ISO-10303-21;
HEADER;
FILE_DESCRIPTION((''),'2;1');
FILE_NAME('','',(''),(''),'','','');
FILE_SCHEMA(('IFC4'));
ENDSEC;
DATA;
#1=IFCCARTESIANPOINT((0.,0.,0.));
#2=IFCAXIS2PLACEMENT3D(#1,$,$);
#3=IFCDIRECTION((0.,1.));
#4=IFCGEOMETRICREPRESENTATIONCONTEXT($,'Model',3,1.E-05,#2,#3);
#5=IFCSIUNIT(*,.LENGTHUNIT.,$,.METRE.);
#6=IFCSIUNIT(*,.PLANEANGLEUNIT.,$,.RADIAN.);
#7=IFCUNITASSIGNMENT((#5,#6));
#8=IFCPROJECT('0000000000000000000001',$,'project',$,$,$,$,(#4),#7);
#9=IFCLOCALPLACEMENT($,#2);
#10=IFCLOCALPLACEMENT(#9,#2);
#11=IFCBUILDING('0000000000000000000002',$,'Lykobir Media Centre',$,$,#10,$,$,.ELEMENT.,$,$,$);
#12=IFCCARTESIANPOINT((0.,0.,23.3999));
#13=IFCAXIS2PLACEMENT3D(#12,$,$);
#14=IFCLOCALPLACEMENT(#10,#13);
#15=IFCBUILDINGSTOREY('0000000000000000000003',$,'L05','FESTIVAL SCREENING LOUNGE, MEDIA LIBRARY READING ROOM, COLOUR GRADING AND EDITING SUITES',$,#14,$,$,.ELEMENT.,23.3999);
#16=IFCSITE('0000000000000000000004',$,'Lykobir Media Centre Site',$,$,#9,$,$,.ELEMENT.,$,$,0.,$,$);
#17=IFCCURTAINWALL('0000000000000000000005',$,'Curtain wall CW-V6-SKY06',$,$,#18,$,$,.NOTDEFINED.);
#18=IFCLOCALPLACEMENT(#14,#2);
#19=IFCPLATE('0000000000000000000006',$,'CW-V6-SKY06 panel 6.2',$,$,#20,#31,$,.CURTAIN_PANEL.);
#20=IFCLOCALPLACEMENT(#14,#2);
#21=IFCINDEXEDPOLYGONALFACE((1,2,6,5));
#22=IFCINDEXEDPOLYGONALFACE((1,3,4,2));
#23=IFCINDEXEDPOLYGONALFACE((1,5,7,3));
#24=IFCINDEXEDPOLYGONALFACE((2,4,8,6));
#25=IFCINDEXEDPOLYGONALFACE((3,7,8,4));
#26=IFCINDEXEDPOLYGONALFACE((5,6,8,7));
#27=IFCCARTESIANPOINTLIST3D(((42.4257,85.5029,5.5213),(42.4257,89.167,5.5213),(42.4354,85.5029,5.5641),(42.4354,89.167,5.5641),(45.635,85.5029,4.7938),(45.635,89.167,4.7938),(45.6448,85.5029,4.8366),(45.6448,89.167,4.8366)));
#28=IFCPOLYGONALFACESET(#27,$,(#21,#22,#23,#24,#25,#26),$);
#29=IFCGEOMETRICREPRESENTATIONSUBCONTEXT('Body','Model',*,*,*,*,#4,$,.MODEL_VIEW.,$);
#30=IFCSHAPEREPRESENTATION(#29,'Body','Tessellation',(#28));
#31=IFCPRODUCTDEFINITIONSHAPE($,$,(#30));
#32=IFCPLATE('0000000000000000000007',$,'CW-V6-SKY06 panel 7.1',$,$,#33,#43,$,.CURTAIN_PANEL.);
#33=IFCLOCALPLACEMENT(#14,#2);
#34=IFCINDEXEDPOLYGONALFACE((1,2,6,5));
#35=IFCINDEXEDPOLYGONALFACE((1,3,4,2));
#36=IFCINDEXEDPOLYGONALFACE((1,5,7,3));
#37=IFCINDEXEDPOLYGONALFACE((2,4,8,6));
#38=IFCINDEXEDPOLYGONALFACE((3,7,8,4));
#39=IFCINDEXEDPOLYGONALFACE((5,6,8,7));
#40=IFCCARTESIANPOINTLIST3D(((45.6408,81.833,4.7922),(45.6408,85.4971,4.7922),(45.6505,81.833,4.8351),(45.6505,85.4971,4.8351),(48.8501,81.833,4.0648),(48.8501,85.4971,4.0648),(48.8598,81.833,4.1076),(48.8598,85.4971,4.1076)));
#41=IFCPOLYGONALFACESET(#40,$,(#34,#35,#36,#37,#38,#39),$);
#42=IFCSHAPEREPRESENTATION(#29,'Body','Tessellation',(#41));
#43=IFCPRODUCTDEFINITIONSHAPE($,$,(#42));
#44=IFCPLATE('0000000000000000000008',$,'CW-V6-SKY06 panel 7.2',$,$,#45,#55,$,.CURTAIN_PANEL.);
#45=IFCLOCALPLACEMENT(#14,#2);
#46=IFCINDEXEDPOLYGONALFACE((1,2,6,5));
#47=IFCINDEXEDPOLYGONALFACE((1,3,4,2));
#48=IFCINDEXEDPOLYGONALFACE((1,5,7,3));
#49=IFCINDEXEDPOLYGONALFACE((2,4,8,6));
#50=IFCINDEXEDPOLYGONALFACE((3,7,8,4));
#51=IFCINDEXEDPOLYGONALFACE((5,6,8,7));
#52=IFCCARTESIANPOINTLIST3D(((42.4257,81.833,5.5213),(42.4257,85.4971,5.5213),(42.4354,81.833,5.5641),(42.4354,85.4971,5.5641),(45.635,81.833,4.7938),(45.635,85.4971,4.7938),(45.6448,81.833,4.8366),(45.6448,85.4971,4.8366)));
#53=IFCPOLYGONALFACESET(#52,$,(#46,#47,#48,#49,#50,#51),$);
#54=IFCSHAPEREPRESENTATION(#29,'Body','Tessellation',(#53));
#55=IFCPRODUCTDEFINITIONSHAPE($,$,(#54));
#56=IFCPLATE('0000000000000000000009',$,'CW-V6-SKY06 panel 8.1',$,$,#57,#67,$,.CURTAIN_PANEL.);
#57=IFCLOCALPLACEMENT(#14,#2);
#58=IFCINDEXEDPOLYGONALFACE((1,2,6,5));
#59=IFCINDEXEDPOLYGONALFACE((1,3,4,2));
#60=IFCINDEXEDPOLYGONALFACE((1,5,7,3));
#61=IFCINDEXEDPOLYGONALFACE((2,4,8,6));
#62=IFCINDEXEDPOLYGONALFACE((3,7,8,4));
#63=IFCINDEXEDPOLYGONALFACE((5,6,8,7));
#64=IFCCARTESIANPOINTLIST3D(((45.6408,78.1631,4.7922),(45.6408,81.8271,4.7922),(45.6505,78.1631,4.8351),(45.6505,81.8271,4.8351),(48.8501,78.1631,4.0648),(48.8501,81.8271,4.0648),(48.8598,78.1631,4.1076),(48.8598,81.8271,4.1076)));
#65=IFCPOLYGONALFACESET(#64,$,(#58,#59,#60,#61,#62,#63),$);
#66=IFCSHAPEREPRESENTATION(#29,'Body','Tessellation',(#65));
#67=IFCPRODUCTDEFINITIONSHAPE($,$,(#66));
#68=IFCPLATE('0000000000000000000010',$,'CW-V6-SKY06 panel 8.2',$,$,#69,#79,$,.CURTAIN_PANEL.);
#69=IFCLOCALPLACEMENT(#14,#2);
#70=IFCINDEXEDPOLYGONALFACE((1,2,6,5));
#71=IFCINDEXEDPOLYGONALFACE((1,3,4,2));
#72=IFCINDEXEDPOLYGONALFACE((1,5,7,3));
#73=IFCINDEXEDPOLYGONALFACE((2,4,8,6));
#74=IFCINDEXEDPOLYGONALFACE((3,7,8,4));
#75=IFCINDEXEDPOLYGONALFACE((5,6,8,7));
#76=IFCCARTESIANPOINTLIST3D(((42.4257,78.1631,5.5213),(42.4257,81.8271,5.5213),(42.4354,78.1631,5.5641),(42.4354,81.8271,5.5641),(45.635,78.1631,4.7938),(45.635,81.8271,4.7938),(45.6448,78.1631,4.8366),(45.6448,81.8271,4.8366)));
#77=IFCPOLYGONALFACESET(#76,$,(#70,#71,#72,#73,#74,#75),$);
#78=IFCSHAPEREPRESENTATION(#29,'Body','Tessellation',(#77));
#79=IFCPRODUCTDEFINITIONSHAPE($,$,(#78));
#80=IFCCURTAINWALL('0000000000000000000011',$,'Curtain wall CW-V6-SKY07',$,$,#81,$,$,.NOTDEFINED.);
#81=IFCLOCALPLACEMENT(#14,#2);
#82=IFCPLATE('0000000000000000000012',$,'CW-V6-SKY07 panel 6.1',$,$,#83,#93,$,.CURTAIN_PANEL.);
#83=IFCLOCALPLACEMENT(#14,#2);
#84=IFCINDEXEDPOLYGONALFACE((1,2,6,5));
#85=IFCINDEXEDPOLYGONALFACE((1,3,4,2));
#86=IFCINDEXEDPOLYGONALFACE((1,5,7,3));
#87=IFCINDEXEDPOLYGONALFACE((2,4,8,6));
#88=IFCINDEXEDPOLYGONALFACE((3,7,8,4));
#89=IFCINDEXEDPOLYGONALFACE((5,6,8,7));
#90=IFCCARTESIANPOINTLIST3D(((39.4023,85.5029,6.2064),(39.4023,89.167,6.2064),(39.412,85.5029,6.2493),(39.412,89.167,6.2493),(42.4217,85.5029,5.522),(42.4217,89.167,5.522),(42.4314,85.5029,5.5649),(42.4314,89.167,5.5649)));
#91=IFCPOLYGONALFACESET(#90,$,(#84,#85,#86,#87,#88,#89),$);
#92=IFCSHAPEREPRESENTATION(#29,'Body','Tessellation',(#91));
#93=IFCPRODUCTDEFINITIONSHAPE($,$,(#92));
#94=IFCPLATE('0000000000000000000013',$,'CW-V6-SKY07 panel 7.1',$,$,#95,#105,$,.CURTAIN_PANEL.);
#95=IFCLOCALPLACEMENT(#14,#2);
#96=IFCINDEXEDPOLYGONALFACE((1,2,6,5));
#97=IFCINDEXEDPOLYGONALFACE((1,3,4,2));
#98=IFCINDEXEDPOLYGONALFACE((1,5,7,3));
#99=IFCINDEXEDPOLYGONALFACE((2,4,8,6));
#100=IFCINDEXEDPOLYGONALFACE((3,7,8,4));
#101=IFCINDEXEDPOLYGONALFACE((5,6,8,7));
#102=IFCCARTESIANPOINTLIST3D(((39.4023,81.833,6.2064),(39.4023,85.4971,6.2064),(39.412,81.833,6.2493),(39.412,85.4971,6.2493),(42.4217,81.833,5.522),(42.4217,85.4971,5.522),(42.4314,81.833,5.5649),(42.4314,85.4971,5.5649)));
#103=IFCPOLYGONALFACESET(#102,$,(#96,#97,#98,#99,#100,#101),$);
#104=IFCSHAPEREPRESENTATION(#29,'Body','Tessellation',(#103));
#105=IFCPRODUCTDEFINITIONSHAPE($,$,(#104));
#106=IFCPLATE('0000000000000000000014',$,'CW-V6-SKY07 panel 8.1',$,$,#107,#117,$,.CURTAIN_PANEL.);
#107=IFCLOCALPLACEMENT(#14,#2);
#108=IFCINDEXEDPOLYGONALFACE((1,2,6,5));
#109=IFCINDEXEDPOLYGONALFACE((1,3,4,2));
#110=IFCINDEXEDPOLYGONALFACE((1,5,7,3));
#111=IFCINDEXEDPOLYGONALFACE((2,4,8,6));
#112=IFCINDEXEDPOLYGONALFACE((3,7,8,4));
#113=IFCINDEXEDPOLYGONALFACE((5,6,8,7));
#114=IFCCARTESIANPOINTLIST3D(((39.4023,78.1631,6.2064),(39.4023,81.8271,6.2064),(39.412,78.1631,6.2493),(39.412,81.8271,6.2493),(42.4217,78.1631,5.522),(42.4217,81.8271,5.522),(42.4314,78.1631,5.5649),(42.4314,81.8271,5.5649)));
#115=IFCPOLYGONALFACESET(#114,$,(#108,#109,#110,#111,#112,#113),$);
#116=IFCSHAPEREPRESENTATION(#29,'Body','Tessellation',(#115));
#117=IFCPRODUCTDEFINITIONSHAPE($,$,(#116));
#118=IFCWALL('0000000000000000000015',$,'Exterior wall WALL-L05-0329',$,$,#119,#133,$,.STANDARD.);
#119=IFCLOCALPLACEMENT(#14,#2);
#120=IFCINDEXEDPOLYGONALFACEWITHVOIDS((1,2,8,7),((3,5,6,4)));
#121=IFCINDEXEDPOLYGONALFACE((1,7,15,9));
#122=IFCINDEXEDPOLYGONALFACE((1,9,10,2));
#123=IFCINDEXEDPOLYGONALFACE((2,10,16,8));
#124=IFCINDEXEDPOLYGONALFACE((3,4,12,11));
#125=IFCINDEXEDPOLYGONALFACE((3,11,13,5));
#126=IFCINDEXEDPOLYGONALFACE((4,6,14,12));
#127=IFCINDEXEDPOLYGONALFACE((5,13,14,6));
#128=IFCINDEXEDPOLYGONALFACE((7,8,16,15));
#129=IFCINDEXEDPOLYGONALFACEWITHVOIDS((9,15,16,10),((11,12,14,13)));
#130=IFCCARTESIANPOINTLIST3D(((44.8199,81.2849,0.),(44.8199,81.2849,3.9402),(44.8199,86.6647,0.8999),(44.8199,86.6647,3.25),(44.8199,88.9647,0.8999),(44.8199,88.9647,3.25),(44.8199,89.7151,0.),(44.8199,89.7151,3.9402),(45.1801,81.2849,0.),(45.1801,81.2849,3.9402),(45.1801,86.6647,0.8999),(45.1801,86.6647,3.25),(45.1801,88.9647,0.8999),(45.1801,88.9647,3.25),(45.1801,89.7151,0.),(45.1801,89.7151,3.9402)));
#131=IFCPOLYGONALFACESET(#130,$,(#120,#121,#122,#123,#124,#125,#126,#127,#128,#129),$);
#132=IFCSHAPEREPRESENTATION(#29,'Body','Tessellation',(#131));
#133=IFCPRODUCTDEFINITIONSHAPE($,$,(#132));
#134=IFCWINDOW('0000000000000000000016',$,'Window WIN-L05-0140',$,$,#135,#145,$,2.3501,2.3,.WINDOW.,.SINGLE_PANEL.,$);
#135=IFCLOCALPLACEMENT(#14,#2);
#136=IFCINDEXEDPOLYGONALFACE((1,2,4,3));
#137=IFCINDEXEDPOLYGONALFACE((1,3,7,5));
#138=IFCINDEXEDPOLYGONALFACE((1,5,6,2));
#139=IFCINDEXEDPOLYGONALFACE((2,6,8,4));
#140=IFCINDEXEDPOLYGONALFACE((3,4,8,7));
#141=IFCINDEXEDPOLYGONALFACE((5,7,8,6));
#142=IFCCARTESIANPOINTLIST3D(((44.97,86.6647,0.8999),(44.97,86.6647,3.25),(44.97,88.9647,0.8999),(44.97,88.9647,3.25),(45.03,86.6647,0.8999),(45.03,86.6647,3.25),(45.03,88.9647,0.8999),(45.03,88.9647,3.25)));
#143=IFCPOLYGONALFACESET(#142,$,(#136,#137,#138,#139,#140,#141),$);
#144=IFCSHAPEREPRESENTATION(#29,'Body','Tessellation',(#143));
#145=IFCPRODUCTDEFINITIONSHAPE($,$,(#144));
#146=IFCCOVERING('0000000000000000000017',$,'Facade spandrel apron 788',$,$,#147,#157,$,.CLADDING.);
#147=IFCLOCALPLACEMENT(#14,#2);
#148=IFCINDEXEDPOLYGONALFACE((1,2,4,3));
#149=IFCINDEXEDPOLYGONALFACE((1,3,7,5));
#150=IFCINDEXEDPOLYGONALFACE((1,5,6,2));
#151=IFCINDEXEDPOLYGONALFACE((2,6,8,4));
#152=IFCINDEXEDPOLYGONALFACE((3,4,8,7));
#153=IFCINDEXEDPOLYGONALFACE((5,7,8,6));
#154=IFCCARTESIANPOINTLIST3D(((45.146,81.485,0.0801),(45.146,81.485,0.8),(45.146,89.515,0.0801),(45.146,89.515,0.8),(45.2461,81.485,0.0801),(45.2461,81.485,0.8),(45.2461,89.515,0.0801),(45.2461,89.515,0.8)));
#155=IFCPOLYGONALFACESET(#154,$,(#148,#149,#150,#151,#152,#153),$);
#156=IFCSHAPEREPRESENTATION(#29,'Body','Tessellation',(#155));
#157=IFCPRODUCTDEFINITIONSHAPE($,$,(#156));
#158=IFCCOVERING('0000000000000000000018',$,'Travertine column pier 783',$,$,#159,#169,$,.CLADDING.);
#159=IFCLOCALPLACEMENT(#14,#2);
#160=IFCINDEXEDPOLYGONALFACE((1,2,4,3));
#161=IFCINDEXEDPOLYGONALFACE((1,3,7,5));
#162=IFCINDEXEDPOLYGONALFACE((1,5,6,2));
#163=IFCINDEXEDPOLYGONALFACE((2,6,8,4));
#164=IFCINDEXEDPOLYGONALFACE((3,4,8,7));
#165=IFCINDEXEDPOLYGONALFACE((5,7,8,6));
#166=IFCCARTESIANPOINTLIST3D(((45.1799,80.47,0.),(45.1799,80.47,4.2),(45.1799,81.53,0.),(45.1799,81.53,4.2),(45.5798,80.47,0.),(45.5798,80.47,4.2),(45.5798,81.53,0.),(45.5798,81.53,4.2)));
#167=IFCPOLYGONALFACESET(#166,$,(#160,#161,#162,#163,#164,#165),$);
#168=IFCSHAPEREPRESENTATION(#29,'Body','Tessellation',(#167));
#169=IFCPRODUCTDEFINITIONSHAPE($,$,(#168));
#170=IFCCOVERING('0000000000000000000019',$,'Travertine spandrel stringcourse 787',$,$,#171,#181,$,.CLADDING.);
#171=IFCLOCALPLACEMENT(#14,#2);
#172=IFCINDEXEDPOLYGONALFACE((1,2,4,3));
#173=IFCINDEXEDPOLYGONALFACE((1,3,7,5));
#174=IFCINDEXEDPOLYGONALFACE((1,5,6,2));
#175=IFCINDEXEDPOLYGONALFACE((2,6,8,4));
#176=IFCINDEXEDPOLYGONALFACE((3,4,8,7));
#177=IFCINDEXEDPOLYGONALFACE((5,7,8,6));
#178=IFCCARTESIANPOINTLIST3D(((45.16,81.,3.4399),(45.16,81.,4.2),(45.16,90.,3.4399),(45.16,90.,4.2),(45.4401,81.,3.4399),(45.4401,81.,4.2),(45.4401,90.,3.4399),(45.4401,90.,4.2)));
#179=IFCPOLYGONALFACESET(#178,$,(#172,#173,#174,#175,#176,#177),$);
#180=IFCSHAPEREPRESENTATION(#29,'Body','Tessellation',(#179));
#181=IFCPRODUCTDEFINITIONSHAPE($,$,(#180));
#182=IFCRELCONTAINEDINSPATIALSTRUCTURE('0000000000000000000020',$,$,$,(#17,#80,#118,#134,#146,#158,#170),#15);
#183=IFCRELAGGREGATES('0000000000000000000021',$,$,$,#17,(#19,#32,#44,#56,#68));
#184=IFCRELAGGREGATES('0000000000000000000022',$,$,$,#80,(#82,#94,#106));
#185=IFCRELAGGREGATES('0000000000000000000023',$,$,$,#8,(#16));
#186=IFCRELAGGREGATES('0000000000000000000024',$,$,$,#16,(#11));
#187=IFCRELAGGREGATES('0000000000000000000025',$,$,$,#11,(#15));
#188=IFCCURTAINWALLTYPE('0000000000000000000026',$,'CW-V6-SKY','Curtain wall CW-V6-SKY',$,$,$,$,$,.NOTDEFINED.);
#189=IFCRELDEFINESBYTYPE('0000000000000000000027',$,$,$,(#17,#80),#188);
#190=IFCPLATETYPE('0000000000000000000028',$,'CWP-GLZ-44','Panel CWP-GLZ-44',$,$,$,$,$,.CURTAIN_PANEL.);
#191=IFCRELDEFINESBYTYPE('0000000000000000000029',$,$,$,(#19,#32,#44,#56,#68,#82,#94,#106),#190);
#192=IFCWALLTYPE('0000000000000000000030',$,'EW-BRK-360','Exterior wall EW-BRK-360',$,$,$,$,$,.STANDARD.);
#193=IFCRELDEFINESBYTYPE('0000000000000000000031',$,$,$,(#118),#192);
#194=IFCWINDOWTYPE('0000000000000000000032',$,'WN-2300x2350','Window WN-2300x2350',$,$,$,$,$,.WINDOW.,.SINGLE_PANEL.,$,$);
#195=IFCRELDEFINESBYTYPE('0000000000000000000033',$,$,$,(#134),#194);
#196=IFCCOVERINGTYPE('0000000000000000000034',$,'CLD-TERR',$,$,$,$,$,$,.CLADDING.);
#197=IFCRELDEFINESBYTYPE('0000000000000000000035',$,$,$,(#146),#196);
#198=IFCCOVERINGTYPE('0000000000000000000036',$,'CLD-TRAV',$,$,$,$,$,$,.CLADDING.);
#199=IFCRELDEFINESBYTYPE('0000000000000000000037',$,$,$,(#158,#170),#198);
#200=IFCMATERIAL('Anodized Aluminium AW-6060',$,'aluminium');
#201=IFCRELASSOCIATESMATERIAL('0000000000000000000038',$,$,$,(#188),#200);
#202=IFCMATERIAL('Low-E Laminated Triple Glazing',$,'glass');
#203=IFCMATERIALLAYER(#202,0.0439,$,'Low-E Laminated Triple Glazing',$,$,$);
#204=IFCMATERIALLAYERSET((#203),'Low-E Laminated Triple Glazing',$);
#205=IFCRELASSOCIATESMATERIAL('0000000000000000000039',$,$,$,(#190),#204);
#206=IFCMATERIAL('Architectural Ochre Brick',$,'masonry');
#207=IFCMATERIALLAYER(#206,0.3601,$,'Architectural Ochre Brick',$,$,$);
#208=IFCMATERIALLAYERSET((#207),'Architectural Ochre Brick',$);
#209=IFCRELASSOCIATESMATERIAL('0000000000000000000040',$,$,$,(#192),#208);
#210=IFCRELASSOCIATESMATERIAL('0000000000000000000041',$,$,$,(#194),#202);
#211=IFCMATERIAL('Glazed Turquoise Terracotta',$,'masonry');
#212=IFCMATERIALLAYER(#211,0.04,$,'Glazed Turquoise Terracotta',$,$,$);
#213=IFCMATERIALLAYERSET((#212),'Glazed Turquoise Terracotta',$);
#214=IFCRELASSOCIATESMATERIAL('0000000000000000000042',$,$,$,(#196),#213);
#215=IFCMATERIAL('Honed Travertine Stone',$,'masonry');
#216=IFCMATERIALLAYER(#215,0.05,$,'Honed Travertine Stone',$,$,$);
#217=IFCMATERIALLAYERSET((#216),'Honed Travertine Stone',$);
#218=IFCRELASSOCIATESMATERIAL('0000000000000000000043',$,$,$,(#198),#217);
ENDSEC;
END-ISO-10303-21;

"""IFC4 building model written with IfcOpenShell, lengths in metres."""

from ifc_helpers import new_model, si_unit, direction, frame, frame_2d, origin, origin_2d, place, context, subcontext, project, spatial, rectangle, extrude, material, layer, layer_set, type_object, element, fill, aggregate, save


model = new_model("IFC4")

# Units and contexts
model_context = context("Model", 3, precision=1e-05, world=origin(), true_north=direction((0.0, 1.0)))
body_context = subcontext(model_context, "Body", "Model", "MODEL_VIEW")
ifc_project = project(units=[si_unit("LENGTHUNIT", "METRE"), si_unit("PLANEANGLEUNIT", "RADIAN")], contexts=[model_context])

# Site, building, storey
site_placement = place(None, origin())
site = spatial("IfcSite", under=ifc_project, at=site_placement, Name="Lykobir Media Centre Site", CompositionType="ELEMENT", RefElevation=0.0)
building_placement = place(site_placement, origin())
building = spatial("IfcBuilding", under=site, at=building_placement, Name="Lykobir Media Centre", CompositionType="ELEMENT")
storey_placement = place(building_placement, frame((0.0, 0.0, 23.3999)))
storey = spatial("IfcBuildingStorey", under=building, at=storey_placement, Name="L05", Description="FESTIVAL SCREENING LOUNGE, MEDIA LIBRARY READING ROOM, COLOUR GRADING AND EDITING SUITES", CompositionType="ELEMENT", Elevation=23.3999)

# Curtain wall, plates
ifc_material_1 = material(Name="Anodized Aluminium AW-6060", Category="aluminium")
curtain_wall_type = type_object("IfcCurtainWallType", Name="CW-V6-SKY", Description="Curtain wall CW-V6-SKY", PredefinedType="NOTDEFINED", material=ifc_material_1)
curtain_wall_1_placement = place(storey_placement, origin())
curtain_wall_1 = element("IfcCurtainWall", 1, at=curtain_wall_1_placement, inside=storey, type_object=curtain_wall_type, Name="Curtain wall CW-V6-SKY06", PredefinedType="NOTDEFINED")
ifc_material_2 = material(Name="Low-E Laminated Triple Glazing", Category="glass")
ifc_layer_1 = layer(ifc_material_2, 0.0439, Name="Low-E Laminated Triple Glazing")
ifc_layer_set_1 = layer_set([ifc_layer_1], Name="Low-E Laminated Triple Glazing")
plate_type = type_object("IfcPlateType", Name="CWP-GLZ-44", Description="Panel CWP-GLZ-44", PredefinedType="CURTAIN_PANEL", material=ifc_layer_set_1)
plate_1_placement = place(storey_placement, frame((45.6399, 87.335, 4.8152), z_axis=(-0.975258, 0.0, 0.221072), x_axis=(0.0, -1.0, 0.0)))
plate_1 = element("IfcPlate", 2, at=plate_1_placement, type_object=plate_type, Name="CW-V6-SKY06 panel 6.2", PredefinedType="CURTAIN_PANEL", context=body_context, shape_type="SweptSolid", body=[
    extrude(rectangle(XDim=3.6641, YDim=0.0439, at=origin_2d()), origin(), (0.0, 0.0, 1.0), 3.2908),
])
plate_2_placement = place(storey_placement, frame((48.855, 83.665, 4.0862), z_axis=(-0.975258, 0.0, 0.221072), x_axis=(0.0, -1.0, 0.0)))
plate_2 = element("IfcPlate", 3, at=plate_2_placement, type_object=plate_type, Name="CW-V6-SKY06 panel 7.1", PredefinedType="CURTAIN_PANEL", context=body_context, shape_type="SweptSolid", body=[
    extrude(rectangle(XDim=3.6641, YDim=0.0439, at=origin_2d()), origin(), (0.0, 0.0, 1.0), 3.2908),
])
plate_3_placement = place(storey_placement, frame((45.6399, 83.665, 4.8152), z_axis=(-0.975258, 0.0, 0.221072), x_axis=(0.0, -1.0, 0.0)))
plate_3 = element("IfcPlate", 4, at=plate_3_placement, type_object=plate_type, Name="CW-V6-SKY06 panel 7.2", PredefinedType="CURTAIN_PANEL", context=body_context, shape_type="SweptSolid", body=[
    extrude(rectangle(XDim=3.6641, YDim=0.0439, at=origin_2d()), origin(), (0.0, 0.0, 1.0), 3.2908),
])
plate_4_placement = place(storey_placement, frame((48.855, 79.9951, 4.0862), z_axis=(-0.975258, 0.0, 0.221072), x_axis=(0.0, -1.0, 0.0)))
plate_4 = element("IfcPlate", 5, at=plate_4_placement, type_object=plate_type, Name="CW-V6-SKY06 panel 8.1", PredefinedType="CURTAIN_PANEL", context=body_context, shape_type="SweptSolid", body=[
    extrude(rectangle(XDim=3.6641, YDim=0.0439, at=origin_2d()), origin(), (0.0, 0.0, 1.0), 3.2908),
])
plate_5_placement = place(storey_placement, frame((45.6399, 79.9951, 4.8152), z_axis=(-0.975258, 0.0, 0.221072), x_axis=(0.0, -1.0, 0.0)))
plate_5 = element("IfcPlate", 6, at=plate_5_placement, type_object=plate_type, Name="CW-V6-SKY06 panel 8.2", PredefinedType="CURTAIN_PANEL", context=body_context, shape_type="SweptSolid", body=[
    extrude(rectangle(XDim=3.6641, YDim=0.0439, at=origin_2d()), origin(), (0.0, 0.0, 1.0), 3.2908),
])
aggregate(curtain_wall_1, [plate_1, plate_2, plate_3, plate_4, plate_5])

# Curtain wall, plates
curtain_wall_2_placement = place(storey_placement, origin())
curtain_wall_2 = element("IfcCurtainWall", 7, at=curtain_wall_2_placement, inside=storey, type_object=curtain_wall_type, Name="Curtain wall CW-V6-SKY07", PredefinedType="NOTDEFINED")
plate_6_placement = place(storey_placement, frame((42.4265, 87.335, 5.5435), z_axis=(-0.975261, 0.0, 0.221055), x_axis=(0.0, -1.0, 0.0)))
plate_6 = element("IfcPlate", 8, at=plate_6_placement, type_object=plate_type, Name="CW-V6-SKY07 panel 6.1", PredefinedType="CURTAIN_PANEL", context=body_context, shape_type="SweptSolid", body=[
    extrude(rectangle(XDim=3.6641, YDim=0.0439, at=origin_2d()), origin(), (0.0, 0.0, 1.0), 3.0959),
])
plate_7_placement = place(storey_placement, frame((42.4265, 83.665, 5.5435), z_axis=(-0.975261, 0.0, 0.221055), x_axis=(0.0, -1.0, 0.0)))
plate_7 = element("IfcPlate", 9, at=plate_7_placement, type_object=plate_type, Name="CW-V6-SKY07 panel 7.1", PredefinedType="CURTAIN_PANEL", context=body_context, shape_type="SweptSolid", body=[
    extrude(rectangle(XDim=3.6641, YDim=0.0439, at=origin_2d()), origin(), (0.0, 0.0, 1.0), 3.0959),
])
plate_8_placement = place(storey_placement, frame((42.4265, 79.9951, 5.5435), z_axis=(-0.975261, 0.0, 0.221055), x_axis=(0.0, -1.0, 0.0)))
plate_8 = element("IfcPlate", 10, at=plate_8_placement, type_object=plate_type, Name="CW-V6-SKY07 panel 8.1", PredefinedType="CURTAIN_PANEL", context=body_context, shape_type="SweptSolid", body=[
    extrude(rectangle(XDim=3.6641, YDim=0.0439, at=origin_2d()), origin(), (0.0, 0.0, 1.0), 3.0959),
])
aggregate(curtain_wall_2, [plate_6, plate_7, plate_8])

# Wall, opening, window
ifc_material_3 = material(Name="Architectural Ochre Brick", Category="masonry")
ifc_layer_2 = layer(ifc_material_3, 0.3601, Name="Architectural Ochre Brick")
ifc_layer_set_2 = layer_set([ifc_layer_2], Name="Architectural Ochre Brick")
wall_type = type_object("IfcWallType", Name="EW-BRK-360", Description="Exterior wall EW-BRK-360", PredefinedType="STANDARD", material=ifc_layer_set_2)
wall_placement = place(storey_placement, frame((45.0, 81.2849, 0.0), z_axis=(0.0, 0.0, 1.0), x_axis=(0.0, 1.0, 0.0)))
wall = element("IfcWall", 11, at=wall_placement, inside=storey, type_object=wall_type, Name="Exterior wall WALL-L05-0329", PredefinedType="STANDARD", context=body_context, shape_type="SweptSolid", body=[
    extrude(rectangle(XDim=8.4302, YDim=0.3601, at=frame_2d((4.2151, 0.0))), origin(), (0.0, 0.0, 1.0), 3.9402),
])
opening_placement = place(wall_placement, frame((5.3799, 0.0, 0.8999)))
opening = element("IfcOpeningElement", 12, at=opening_placement, cuts=wall, PredefinedType="OPENING", context=body_context, shape_type="SweptSolid", body=[
    extrude(rectangle(XDim=2.3, YDim=2.3501, at=frame_2d((1.1499, 1.175))), frame((0.0, 0.1899, 0.0), z_axis=(0.0, -1.0, 0.0), x_axis=(1.0, 0.0, 0.0)), (0.0, 0.0, 1.0), 0.3801),
])
window_type = type_object("IfcWindowType", Name="WN-2300x2350", Description="Window WN-2300x2350", PartitioningType="SINGLE_PANEL", PredefinedType="WINDOW", material=ifc_material_2)
window_placement = place(opening_placement, origin())
window = element("IfcWindow", 13, at=window_placement, inside=storey, type_object=window_type, Name="Window WIN-L05-0140", OverallHeight=2.3501, OverallWidth=2.3, PartitioningType="SINGLE_PANEL", PredefinedType="WINDOW", context=body_context, shape_type="SweptSolid", body=[
    extrude(rectangle(XDim=2.3, YDim=2.3501, at=frame_2d((1.1499, 1.175))), frame((0.0, 0.03, 0.0), z_axis=(0.0, -1.0, 0.0), x_axis=(1.0, 0.0, 0.0)), (0.0, 0.0, 1.0), 0.0601),
])
fill(opening, window)

# Coverings
ifc_material_4 = material(Name="Glazed Turquoise Terracotta", Category="masonry")
ifc_layer_3 = layer(ifc_material_4, 0.04, Name="Glazed Turquoise Terracotta")
ifc_layer_set_3 = layer_set([ifc_layer_3], Name="Glazed Turquoise Terracotta")
covering_type_1 = type_object("IfcCoveringType", Name="CLD-TERR", PredefinedType="CLADDING", material=ifc_layer_set_3)
covering_1_placement = place(storey_placement, frame((45.196, 85.5, 0.0801), z_axis=(0.0, 0.0, 1.0), x_axis=(0.0, 1.0, 0.0)))
element("IfcCovering", 14, at=covering_1_placement, inside=storey, type_object=covering_type_1, Name="Facade spandrel apron 788", PredefinedType="CLADDING", context=body_context, shape_type="SweptSolid", body=[
    extrude(rectangle(XDim=8.03, YDim=0.1001, at=origin_2d()), origin(), (0.0, 0.0, 1.0), 0.72),
])
ifc_material_5 = material(Name="Honed Travertine Stone", Category="masonry")
ifc_layer_4 = layer(ifc_material_5, 0.05, Name="Honed Travertine Stone")
ifc_layer_set_4 = layer_set([ifc_layer_4], Name="Honed Travertine Stone")
covering_type_2 = type_object("IfcCoveringType", Name="CLD-TRAV", PredefinedType="CLADDING", material=ifc_layer_set_4)
covering_2_placement = place(storey_placement, frame((45.3799, 81.0, 0.0), z_axis=(0.0, 0.0, 1.0), x_axis=(0.0, 1.0, 0.0)))
element("IfcCovering", 15, at=covering_2_placement, inside=storey, type_object=covering_type_2, Name="Travertine column pier 783", PredefinedType="CLADDING", context=body_context, shape_type="SweptSolid", body=[
    extrude(rectangle(XDim=1.0601, YDim=0.3999, at=origin_2d()), origin(), (0.0, 0.0, 1.0), 4.2),
])
covering_3_placement = place(storey_placement, frame((45.3, 85.5, 3.4399), z_axis=(0.0, 0.0, 1.0), x_axis=(0.0, 1.0, 0.0)))
element("IfcCovering", 16, at=covering_3_placement, inside=storey, type_object=covering_type_2, Name="Travertine spandrel stringcourse 787", PredefinedType="CLADDING", context=body_context, shape_type="SweptSolid", body=[
    extrude(rectangle(XDim=9.0, YDim=0.28, at=origin_2d()), origin(), (0.0, 0.0, 1.0), 0.76),
])

save(model, "model.ifc")
